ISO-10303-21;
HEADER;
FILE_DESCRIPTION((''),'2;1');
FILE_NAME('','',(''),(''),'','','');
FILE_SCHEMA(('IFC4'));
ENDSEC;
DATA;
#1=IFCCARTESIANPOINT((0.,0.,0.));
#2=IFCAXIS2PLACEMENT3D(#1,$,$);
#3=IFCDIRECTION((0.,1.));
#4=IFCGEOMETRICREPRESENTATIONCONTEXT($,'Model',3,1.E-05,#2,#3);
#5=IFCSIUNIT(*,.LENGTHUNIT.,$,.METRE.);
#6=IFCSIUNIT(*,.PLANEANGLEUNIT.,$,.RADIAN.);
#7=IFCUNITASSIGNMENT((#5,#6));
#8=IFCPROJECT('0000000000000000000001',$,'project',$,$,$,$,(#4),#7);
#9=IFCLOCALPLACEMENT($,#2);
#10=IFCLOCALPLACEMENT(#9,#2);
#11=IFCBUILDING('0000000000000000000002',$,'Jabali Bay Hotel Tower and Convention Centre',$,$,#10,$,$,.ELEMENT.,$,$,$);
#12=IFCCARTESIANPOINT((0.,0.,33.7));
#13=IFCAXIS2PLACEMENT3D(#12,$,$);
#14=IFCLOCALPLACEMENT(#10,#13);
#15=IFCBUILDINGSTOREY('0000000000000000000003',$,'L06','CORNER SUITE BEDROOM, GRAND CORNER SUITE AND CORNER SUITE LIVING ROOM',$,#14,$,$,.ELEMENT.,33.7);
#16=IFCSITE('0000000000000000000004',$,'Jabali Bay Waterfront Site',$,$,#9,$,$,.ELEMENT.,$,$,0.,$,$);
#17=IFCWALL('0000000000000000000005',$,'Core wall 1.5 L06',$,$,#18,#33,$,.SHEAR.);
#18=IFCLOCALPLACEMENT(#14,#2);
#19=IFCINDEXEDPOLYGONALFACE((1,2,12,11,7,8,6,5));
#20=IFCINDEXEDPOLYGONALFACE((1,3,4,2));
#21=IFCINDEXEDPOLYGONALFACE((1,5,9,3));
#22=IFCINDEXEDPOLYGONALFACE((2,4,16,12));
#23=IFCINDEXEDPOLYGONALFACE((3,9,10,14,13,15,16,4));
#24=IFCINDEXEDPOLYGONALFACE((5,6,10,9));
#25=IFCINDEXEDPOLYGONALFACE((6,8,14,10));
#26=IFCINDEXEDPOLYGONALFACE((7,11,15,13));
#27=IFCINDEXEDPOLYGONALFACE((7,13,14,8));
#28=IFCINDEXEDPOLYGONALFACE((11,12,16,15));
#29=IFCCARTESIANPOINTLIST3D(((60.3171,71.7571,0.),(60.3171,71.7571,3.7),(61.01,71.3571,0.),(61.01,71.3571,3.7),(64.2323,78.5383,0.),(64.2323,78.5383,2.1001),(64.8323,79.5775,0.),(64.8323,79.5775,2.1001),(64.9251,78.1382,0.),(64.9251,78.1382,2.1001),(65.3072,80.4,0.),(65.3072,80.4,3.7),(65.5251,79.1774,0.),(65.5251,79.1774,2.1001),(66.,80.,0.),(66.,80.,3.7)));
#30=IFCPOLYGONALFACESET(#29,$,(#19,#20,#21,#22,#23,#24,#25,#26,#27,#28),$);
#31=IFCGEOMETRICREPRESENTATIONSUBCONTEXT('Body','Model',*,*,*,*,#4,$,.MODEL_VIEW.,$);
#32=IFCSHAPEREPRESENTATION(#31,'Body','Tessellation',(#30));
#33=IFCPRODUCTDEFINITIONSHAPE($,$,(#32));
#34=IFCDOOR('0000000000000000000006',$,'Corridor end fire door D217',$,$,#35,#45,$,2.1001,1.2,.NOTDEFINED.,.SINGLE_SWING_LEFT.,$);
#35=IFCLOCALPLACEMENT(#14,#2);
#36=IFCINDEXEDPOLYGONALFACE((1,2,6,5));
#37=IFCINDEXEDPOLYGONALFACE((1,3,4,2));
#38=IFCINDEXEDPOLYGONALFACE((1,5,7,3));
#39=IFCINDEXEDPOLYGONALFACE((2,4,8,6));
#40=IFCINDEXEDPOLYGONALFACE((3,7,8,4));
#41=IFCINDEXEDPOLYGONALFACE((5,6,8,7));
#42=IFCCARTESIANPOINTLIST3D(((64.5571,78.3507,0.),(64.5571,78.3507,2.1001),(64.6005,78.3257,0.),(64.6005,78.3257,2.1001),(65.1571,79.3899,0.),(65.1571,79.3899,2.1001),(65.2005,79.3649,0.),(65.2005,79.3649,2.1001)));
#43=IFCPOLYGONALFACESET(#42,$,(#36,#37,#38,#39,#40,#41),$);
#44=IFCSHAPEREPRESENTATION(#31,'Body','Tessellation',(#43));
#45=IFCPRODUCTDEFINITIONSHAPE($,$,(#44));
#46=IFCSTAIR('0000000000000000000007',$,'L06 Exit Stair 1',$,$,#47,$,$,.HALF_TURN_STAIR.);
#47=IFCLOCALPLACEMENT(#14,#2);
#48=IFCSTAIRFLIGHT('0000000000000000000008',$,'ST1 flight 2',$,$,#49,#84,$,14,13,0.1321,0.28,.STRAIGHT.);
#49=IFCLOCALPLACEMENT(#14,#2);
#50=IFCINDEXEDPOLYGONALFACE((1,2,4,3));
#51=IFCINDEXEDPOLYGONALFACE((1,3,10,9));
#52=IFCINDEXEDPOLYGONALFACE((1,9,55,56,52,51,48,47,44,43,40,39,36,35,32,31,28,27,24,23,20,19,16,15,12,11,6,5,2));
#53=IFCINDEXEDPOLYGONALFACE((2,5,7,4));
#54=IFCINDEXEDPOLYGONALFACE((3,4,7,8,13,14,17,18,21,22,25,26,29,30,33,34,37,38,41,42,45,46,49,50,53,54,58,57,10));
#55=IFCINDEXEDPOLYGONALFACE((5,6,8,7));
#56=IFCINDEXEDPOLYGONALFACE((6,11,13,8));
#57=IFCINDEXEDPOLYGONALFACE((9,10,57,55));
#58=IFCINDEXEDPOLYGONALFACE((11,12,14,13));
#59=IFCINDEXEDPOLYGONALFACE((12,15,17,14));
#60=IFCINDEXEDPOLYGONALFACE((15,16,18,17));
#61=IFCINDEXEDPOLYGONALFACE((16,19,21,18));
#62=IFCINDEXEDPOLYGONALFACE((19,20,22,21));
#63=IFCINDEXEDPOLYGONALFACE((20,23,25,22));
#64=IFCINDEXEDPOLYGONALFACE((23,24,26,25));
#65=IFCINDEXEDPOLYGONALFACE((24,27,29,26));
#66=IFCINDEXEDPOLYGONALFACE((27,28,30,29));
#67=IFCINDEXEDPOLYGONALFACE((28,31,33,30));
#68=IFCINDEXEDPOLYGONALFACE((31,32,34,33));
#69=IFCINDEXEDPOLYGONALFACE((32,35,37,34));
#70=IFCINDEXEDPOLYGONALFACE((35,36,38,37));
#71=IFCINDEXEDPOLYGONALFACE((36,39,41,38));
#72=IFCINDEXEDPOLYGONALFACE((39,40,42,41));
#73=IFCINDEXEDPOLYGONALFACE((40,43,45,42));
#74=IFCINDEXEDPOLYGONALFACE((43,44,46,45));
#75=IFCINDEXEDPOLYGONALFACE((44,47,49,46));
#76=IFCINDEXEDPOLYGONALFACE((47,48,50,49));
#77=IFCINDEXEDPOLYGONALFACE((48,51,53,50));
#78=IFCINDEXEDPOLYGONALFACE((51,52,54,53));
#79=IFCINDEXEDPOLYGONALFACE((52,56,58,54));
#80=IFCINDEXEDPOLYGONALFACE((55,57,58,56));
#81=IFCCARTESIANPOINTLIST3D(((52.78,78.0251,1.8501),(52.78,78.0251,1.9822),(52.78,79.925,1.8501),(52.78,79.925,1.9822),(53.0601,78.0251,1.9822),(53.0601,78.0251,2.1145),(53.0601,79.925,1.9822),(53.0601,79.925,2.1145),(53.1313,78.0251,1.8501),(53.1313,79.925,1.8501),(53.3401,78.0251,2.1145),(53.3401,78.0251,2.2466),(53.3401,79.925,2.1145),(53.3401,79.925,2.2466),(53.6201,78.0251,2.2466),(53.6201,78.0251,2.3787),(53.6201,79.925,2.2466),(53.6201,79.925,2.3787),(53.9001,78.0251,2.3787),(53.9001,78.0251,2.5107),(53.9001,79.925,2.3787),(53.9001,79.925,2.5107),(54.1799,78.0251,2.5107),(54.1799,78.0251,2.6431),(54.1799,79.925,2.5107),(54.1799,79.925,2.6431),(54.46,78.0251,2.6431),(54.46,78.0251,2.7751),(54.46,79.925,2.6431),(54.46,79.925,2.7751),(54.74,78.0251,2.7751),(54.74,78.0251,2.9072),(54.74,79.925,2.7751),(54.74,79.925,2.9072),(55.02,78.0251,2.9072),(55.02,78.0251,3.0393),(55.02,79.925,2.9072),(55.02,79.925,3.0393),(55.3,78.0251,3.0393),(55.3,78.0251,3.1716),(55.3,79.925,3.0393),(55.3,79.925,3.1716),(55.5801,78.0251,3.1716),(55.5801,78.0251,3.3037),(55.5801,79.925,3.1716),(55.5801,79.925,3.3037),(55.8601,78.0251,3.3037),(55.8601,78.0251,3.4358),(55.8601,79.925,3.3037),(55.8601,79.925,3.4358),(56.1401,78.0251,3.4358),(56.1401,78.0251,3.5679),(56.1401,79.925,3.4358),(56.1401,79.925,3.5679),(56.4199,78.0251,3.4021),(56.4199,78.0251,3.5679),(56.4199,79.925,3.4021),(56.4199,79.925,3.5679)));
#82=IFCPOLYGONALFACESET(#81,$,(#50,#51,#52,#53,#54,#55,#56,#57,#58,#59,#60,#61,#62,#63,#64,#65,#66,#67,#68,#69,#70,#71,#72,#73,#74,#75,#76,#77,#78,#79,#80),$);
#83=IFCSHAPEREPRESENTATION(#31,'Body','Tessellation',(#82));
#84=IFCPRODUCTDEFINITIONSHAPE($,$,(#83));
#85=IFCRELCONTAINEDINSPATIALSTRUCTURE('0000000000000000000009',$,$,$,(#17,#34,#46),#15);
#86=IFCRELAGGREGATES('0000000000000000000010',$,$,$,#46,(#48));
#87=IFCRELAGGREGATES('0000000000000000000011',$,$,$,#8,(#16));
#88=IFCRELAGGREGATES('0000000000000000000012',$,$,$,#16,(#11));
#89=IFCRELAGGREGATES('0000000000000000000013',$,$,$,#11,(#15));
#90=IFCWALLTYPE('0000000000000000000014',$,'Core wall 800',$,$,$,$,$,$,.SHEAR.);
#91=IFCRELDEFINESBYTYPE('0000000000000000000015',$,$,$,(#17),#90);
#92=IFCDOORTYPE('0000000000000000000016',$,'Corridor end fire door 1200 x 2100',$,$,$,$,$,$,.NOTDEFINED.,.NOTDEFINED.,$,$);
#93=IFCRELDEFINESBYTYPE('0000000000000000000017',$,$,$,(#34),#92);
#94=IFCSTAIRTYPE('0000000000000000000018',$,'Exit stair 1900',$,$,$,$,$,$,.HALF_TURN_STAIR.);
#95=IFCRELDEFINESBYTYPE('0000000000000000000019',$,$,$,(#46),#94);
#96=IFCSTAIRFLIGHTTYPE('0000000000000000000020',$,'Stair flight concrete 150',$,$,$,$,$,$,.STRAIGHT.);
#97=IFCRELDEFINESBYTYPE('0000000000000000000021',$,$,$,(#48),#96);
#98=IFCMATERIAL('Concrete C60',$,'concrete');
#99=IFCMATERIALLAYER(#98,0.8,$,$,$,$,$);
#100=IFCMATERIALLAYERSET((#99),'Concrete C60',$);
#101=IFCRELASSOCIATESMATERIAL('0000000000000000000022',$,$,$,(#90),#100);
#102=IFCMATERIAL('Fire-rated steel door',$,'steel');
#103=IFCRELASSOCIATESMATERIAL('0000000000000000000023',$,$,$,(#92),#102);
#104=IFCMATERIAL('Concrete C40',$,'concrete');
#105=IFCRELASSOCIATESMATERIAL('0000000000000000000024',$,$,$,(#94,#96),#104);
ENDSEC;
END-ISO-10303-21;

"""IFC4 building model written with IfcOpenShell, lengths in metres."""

from ifc_helpers import new_model, si_unit, direction, frame, frame_2d, origin, place, context, subcontext, project, spatial, polyline, rectangle, outline, extrude, material, layer, layer_set, type_object, element, fill, aggregate, save


model = new_model("IFC4")

# Units and contexts
model_context = context("Model", 3, precision=1e-05, world=origin(), true_north=direction((0.0, 1.0)))
body_context = subcontext(model_context, "Body", "Model", "MODEL_VIEW")
ifc_project = project(units=[si_unit("LENGTHUNIT", "METRE"), si_unit("PLANEANGLEUNIT", "RADIAN")], contexts=[model_context])

# Site, building, storey
site_placement = place(None, origin())
site = spatial("IfcSite", under=ifc_project, at=site_placement, Name="Jabali Bay Waterfront Site", CompositionType="ELEMENT", RefElevation=0.0)
building_placement = place(site_placement, origin())
building = spatial("IfcBuilding", under=site, at=building_placement, Name="Jabali Bay Hotel Tower and Convention Centre", CompositionType="ELEMENT")
storey_placement = place(building_placement, frame((0.0, 0.0, 33.7)))
storey = spatial("IfcBuildingStorey", under=building, at=storey_placement, Name="L06", Description="CORNER SUITE BEDROOM, GRAND CORNER SUITE AND CORNER SUITE LIVING ROOM", CompositionType="ELEMENT", Elevation=33.7)

# Shared definitions
ifc_material_1 = material(Name="Concrete C40", Category="concrete")
ifc_material_2 = material(Name="Fire-rated steel door", Category="steel")

# Shared definitions
ifc_material_3 = material(Name="Concrete C60", Category="concrete")
ifc_layer_1 = layer(ifc_material_3, 0.8)
ifc_layer_set_1 = layer_set([ifc_layer_1], Name="Concrete C60")
wall_type_1 = type_object("IfcWallType", Name="Core wall 800", PredefinedType="SHEAR", material=ifc_layer_set_1)

# Wall, opening, door
wall_1_placement = place(storey_placement, frame((60.6636, 71.5571, 0.0), z_axis=(0.0, 0.0, 1.0), x_axis=(0.500004, 0.866023, 0.0)))
wall_1 = element("IfcWall", 1, at=wall_1_placement, inside=storey, type_object=wall_type_1, Name="Core wall 1.5 L06", PredefinedType="SHEAR", context=body_context, shape_type="SweptSolid", body=[
    extrude(rectangle(XDim=9.98, YDim=0.8, at=frame_2d((4.99, 0.0))), origin(), (0.0, 0.0, 1.0), 3.7),
])
opening_1_placement = place(wall_1_placement, frame((7.8301, 0.0, 0.0)))
opening_1 = element("IfcOpeningElement", 2, at=opening_1_placement, cuts=wall_1, PredefinedType="OPENING", context=body_context, shape_type="SweptSolid", body=[
    extrude(rectangle(XDim=1.2, YDim=2.1001, at=frame_2d((0.6001, 1.05))), frame((0.0, 0.4106, 0.0), z_axis=(0.0, -1.0, 0.0), x_axis=(1.0, 0.0, 0.0)), (0.0, 0.0, 1.0), 0.821),
])
door_type_1 = type_object("IfcDoorType", Name="Corridor end fire door 1200 x 2100", OperationType="NOTDEFINED", PredefinedType="NOTDEFINED", material=ifc_material_2)
door_1_placement = place(opening_1_placement, origin())
door_1 = element("IfcDoor", 3, at=door_1_placement, inside=storey, type_object=door_type_1, Name="Corridor end fire door D217", OperationType="SINGLE_SWING_LEFT", OverallHeight=2.1001, OverallWidth=1.2, PredefinedType="NOTDEFINED", context=body_context, shape_type="SweptSolid", body=[
    extrude(rectangle(XDim=1.2, YDim=2.1001, at=frame_2d((0.6001, 1.05))), frame((0.0, 0.0249, 0.0), z_axis=(0.0, -1.0, 0.0), x_axis=(1.0, 0.0, 0.0)), (0.0, 0.0, 1.0), 0.05),
])
fill(opening_1, door_1)

# Stair, stair flight
stair_type = type_object("IfcStairType", Name="Exit stair 1900", PredefinedType="HALF_TURN_STAIR", material=ifc_material_1)
stair_placement = place(storey_placement, origin())
stair = element("IfcStair", 4, at=stair_placement, inside=storey, type_object=stair_type, Name="L06 Exit Stair 1", PredefinedType="HALF_TURN_STAIR")
stair_flight_type = type_object("IfcStairFlightType", Name="Stair flight concrete 150", PredefinedType="STRAIGHT", material=ifc_material_1)
stair_flight_placement = place(storey_placement, frame((52.78, 78.9751, 1.8501), z_axis=(0.0, 0.0, 1.0), x_axis=(1.0, 0.0, 0.0)))
stair_flight = element("IfcStairFlight", 5, at=stair_flight_placement, type_object=stair_flight_type, Name="ST1 flight 2", NumberOfRisers=14, NumberOfTreads=13, PredefinedType="STRAIGHT", RiserHeight=0.1321, TreadLength=0.28, context=body_context, shape_type="SweptSolid", body=[
    extrude(outline(polyline([(0.0, 0.0), (0.0, 0.1321), (0.28, 0.1321), (0.28, 0.2644), (0.5601, 0.2644), (0.5601, 0.3965), (0.8401, 0.3965), (0.8401, 0.5286), (1.1201, 0.5286), (1.1201, 0.6606), (1.3999, 0.6606), (1.3999, 0.793), (1.6799, 0.793), (1.6799, 0.925), (1.96, 0.925), (1.96, 1.0571), (2.24, 1.0571), (2.24, 1.1892), (2.52, 1.1892), (2.52, 1.3215), (2.8, 1.3215), (2.8, 1.4536), (3.0801, 1.4536), (3.0801, 1.5857), (3.3601, 1.5857), (3.3601, 1.7178), (3.6399, 1.7178), (3.6399, 1.8501), (3.6399, 1.552), (0.3513, 0.0), (0.0, 0.0)])), frame((0.0, 0.95, 0.0), z_axis=(0.0, -1.0, 0.0), x_axis=(1.0, 0.0, 0.0)), (0.0, 0.0, 1.0), 1.8999),
])
aggregate(stair, [stair_flight])

save(model, "model.ifc")
